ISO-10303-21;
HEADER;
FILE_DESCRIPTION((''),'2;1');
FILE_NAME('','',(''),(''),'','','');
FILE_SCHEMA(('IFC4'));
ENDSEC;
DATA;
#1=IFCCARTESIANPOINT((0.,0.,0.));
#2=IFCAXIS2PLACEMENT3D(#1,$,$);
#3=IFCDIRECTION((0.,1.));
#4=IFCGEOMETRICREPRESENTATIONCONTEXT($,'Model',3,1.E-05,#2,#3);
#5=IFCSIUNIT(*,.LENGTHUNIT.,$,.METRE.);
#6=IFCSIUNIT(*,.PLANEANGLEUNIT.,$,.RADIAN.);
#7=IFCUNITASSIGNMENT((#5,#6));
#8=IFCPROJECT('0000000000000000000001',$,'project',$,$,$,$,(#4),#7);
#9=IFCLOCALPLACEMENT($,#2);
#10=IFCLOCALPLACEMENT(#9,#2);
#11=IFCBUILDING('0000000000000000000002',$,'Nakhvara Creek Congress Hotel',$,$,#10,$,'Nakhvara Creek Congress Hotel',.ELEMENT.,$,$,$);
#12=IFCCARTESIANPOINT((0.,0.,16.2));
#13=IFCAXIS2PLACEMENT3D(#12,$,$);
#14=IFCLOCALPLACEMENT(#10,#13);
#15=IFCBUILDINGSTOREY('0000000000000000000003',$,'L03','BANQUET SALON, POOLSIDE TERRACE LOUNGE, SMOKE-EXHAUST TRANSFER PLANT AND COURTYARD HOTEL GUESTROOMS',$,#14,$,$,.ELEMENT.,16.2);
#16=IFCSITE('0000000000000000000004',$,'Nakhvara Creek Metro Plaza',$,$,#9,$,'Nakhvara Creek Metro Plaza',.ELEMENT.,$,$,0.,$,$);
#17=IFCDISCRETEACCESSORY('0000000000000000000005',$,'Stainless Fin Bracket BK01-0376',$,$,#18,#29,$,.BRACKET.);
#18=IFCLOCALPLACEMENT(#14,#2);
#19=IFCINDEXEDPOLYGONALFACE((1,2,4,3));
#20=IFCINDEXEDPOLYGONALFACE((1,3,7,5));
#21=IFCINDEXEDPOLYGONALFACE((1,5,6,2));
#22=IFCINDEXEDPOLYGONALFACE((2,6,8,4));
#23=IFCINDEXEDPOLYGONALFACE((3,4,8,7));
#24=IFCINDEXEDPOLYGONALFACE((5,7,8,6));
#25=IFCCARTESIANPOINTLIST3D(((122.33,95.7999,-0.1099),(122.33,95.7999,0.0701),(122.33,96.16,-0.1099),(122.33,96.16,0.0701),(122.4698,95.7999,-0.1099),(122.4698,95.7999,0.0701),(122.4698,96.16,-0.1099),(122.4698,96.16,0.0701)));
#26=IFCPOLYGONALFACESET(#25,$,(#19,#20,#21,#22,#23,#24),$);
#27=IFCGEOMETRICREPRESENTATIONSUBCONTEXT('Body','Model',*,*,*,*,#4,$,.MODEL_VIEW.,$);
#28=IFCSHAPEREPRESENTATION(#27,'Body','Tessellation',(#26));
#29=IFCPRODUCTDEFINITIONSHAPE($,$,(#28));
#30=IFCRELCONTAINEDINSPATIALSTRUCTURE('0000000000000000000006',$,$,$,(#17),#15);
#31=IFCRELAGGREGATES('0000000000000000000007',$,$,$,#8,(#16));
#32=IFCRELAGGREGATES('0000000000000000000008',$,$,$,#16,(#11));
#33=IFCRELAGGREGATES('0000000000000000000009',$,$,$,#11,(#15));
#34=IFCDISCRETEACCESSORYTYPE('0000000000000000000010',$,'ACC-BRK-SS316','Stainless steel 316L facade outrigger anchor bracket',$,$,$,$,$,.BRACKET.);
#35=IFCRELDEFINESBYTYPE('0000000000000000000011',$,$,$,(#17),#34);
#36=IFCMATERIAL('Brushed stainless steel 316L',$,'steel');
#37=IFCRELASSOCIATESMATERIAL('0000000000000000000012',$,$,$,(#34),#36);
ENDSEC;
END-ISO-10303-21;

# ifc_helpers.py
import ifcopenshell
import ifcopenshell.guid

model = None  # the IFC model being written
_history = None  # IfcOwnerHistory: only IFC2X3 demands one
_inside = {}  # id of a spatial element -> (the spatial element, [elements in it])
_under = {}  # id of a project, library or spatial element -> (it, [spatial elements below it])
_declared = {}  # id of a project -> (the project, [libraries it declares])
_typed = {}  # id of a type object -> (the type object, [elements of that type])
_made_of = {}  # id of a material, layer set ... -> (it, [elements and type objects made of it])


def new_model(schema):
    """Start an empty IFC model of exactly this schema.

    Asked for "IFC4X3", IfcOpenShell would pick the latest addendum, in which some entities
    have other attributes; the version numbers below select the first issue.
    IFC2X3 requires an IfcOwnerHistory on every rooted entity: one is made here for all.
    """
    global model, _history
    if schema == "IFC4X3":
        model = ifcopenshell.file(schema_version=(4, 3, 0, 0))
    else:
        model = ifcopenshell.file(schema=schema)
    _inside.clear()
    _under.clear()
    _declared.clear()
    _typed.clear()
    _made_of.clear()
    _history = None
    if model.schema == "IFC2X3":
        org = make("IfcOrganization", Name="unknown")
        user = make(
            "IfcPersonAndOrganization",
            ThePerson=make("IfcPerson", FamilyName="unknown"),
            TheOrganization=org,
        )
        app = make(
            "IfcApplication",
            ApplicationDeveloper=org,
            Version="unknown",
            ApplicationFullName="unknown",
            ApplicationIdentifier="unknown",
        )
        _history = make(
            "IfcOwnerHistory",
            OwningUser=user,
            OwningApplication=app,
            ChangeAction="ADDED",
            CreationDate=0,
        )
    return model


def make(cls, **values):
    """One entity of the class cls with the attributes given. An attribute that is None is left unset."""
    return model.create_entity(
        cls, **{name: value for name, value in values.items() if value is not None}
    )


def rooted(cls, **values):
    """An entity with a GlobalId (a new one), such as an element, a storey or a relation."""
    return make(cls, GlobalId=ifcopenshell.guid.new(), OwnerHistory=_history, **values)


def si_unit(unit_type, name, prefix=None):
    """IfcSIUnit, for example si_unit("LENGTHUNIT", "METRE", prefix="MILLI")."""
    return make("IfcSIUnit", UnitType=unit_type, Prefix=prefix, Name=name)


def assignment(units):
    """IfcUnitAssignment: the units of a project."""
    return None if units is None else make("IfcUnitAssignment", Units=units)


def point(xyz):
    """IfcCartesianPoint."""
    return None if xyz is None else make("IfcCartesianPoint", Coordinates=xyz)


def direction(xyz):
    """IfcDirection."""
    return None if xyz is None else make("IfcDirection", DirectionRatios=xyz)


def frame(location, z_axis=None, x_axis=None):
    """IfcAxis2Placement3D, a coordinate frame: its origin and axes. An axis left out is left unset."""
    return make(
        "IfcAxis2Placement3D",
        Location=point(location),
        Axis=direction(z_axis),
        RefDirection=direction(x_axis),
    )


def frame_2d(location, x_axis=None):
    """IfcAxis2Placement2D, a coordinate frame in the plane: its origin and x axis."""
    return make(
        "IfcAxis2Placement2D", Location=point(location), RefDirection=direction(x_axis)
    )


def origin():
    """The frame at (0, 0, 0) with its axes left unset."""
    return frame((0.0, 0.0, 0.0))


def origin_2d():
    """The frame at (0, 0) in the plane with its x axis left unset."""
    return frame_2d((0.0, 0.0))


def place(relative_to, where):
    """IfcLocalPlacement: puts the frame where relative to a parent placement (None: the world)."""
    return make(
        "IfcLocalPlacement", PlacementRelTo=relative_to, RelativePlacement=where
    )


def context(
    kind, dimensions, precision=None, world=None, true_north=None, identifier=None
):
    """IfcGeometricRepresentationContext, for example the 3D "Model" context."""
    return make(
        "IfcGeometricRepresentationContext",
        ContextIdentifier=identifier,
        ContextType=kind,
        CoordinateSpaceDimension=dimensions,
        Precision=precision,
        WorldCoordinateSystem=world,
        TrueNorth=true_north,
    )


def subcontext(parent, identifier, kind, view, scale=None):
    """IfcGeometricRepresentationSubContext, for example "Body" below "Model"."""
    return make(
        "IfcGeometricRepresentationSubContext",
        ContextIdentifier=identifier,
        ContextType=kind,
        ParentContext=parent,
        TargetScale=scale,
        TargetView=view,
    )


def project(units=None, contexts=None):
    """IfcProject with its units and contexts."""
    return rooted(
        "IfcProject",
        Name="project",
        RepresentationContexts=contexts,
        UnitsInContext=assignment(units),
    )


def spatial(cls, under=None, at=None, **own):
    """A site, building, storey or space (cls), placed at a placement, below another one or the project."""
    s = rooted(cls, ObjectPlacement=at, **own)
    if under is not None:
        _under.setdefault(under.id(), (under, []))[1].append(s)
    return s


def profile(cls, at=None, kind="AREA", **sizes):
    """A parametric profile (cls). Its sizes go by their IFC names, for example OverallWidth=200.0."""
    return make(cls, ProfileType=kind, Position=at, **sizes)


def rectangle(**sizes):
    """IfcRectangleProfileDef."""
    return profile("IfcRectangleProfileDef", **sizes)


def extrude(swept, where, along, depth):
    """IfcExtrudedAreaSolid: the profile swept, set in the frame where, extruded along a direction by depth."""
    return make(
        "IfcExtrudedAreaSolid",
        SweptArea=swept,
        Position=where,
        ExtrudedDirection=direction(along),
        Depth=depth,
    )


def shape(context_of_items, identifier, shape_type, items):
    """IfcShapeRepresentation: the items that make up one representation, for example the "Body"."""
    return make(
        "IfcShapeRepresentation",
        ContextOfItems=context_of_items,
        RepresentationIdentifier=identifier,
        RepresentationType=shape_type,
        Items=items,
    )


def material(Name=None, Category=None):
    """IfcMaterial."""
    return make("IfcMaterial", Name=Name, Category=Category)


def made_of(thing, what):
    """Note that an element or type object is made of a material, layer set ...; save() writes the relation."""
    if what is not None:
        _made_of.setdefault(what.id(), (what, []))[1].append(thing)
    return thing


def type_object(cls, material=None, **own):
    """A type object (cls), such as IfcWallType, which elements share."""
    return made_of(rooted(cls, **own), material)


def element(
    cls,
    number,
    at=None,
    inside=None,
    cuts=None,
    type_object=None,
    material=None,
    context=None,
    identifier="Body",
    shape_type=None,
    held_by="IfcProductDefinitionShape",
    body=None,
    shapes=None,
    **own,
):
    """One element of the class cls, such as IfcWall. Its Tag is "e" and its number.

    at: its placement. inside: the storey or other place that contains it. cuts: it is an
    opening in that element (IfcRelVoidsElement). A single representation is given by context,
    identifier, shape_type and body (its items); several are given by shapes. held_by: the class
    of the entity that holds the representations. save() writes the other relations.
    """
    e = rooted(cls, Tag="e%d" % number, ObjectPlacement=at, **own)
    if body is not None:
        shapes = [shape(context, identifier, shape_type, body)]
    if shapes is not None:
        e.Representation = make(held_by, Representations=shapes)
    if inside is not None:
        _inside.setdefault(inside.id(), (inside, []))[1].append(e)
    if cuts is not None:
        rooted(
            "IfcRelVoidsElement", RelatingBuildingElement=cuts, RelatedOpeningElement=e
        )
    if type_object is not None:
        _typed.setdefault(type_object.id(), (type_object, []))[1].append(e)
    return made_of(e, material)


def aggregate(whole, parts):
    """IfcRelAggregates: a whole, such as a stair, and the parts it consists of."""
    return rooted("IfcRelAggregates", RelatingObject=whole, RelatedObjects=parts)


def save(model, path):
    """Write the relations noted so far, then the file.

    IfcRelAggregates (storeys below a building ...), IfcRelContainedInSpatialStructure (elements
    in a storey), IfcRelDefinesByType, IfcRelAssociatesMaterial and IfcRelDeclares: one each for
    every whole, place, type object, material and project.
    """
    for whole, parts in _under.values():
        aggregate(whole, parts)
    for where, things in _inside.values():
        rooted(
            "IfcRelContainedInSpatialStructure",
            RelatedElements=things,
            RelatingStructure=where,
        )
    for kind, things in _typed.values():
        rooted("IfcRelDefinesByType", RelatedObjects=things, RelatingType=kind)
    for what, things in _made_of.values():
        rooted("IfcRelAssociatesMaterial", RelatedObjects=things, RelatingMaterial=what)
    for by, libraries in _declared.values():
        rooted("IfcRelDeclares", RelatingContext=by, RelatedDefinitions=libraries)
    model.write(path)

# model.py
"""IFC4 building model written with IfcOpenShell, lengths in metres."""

from ifc_helpers import new_model, si_unit, direction, frame, origin, origin_2d, place, context, subcontext, project, spatial, rectangle, extrude, material, type_object, element, save


model = new_model("IFC4")

# Units and contexts
model_context = context("Model", 3, precision=1e-05, world=origin(), true_north=direction((0.0, 1.0)))
body_context = subcontext(model_context, "Body", "Model", "MODEL_VIEW")
ifc_project = project(units=[si_unit("LENGTHUNIT", "METRE"), si_unit("PLANEANGLEUNIT", "RADIAN")], contexts=[model_context])

# Site, building, storey
site_placement = place(None, origin())
site = spatial("IfcSite", under=ifc_project, at=site_placement, Name="Nakhvara Creek Metro Plaza", LongName="Nakhvara Creek Metro Plaza", CompositionType="ELEMENT", RefElevation=0.0)
building_placement = place(site_placement, origin())
building = spatial("IfcBuilding", under=site, at=building_placement, Name="Nakhvara Creek Congress Hotel", LongName="Nakhvara Creek Congress Hotel", CompositionType="ELEMENT")
storey_placement = place(building_placement, frame((0.0, 0.0, 16.2)))
storey = spatial("IfcBuildingStorey", under=building, at=storey_placement, Name="L03", Description="BANQUET SALON, POOLSIDE TERRACE LOUNGE, SMOKE-EXHAUST TRANSFER PLANT AND COURTYARD HOTEL GUESTROOMS", CompositionType="ELEMENT", Elevation=16.2)

# Shared definitions
ifc_material_1 = material(Name="Brushed stainless steel 316L", Category="steel")

# Discrete accessory
discrete_accessory_type = type_object("IfcDiscreteAccessoryType", Name="ACC-BRK-SS316", Description="Stainless steel 316L facade outrigger anchor bracket", PredefinedType="BRACKET", material=ifc_material_1)
for number, where, z_axis, x_axis, name in (
    (1, (122.3999, 95.98, -0.1099), (0.0, 0.0, 1.0), (1.0, 0.0, 0.0), "Stainless Fin Bracket BK01-0376"),
):
    element("IfcDiscreteAccessory", number, at=place(storey_placement, frame(where, z_axis=z_axis, x_axis=x_axis)), inside=storey, type_object=discrete_accessory_type, Name=name, PredefinedType="BRACKET", context=body_context, shape_type="SweptSolid", body=[
        extrude(rectangle(XDim=0.1399, YDim=0.3601, at=origin_2d()), origin(), (0.0, 0.0, 1.0), 0.1799),
    ])

save(model, "model.ifc")
